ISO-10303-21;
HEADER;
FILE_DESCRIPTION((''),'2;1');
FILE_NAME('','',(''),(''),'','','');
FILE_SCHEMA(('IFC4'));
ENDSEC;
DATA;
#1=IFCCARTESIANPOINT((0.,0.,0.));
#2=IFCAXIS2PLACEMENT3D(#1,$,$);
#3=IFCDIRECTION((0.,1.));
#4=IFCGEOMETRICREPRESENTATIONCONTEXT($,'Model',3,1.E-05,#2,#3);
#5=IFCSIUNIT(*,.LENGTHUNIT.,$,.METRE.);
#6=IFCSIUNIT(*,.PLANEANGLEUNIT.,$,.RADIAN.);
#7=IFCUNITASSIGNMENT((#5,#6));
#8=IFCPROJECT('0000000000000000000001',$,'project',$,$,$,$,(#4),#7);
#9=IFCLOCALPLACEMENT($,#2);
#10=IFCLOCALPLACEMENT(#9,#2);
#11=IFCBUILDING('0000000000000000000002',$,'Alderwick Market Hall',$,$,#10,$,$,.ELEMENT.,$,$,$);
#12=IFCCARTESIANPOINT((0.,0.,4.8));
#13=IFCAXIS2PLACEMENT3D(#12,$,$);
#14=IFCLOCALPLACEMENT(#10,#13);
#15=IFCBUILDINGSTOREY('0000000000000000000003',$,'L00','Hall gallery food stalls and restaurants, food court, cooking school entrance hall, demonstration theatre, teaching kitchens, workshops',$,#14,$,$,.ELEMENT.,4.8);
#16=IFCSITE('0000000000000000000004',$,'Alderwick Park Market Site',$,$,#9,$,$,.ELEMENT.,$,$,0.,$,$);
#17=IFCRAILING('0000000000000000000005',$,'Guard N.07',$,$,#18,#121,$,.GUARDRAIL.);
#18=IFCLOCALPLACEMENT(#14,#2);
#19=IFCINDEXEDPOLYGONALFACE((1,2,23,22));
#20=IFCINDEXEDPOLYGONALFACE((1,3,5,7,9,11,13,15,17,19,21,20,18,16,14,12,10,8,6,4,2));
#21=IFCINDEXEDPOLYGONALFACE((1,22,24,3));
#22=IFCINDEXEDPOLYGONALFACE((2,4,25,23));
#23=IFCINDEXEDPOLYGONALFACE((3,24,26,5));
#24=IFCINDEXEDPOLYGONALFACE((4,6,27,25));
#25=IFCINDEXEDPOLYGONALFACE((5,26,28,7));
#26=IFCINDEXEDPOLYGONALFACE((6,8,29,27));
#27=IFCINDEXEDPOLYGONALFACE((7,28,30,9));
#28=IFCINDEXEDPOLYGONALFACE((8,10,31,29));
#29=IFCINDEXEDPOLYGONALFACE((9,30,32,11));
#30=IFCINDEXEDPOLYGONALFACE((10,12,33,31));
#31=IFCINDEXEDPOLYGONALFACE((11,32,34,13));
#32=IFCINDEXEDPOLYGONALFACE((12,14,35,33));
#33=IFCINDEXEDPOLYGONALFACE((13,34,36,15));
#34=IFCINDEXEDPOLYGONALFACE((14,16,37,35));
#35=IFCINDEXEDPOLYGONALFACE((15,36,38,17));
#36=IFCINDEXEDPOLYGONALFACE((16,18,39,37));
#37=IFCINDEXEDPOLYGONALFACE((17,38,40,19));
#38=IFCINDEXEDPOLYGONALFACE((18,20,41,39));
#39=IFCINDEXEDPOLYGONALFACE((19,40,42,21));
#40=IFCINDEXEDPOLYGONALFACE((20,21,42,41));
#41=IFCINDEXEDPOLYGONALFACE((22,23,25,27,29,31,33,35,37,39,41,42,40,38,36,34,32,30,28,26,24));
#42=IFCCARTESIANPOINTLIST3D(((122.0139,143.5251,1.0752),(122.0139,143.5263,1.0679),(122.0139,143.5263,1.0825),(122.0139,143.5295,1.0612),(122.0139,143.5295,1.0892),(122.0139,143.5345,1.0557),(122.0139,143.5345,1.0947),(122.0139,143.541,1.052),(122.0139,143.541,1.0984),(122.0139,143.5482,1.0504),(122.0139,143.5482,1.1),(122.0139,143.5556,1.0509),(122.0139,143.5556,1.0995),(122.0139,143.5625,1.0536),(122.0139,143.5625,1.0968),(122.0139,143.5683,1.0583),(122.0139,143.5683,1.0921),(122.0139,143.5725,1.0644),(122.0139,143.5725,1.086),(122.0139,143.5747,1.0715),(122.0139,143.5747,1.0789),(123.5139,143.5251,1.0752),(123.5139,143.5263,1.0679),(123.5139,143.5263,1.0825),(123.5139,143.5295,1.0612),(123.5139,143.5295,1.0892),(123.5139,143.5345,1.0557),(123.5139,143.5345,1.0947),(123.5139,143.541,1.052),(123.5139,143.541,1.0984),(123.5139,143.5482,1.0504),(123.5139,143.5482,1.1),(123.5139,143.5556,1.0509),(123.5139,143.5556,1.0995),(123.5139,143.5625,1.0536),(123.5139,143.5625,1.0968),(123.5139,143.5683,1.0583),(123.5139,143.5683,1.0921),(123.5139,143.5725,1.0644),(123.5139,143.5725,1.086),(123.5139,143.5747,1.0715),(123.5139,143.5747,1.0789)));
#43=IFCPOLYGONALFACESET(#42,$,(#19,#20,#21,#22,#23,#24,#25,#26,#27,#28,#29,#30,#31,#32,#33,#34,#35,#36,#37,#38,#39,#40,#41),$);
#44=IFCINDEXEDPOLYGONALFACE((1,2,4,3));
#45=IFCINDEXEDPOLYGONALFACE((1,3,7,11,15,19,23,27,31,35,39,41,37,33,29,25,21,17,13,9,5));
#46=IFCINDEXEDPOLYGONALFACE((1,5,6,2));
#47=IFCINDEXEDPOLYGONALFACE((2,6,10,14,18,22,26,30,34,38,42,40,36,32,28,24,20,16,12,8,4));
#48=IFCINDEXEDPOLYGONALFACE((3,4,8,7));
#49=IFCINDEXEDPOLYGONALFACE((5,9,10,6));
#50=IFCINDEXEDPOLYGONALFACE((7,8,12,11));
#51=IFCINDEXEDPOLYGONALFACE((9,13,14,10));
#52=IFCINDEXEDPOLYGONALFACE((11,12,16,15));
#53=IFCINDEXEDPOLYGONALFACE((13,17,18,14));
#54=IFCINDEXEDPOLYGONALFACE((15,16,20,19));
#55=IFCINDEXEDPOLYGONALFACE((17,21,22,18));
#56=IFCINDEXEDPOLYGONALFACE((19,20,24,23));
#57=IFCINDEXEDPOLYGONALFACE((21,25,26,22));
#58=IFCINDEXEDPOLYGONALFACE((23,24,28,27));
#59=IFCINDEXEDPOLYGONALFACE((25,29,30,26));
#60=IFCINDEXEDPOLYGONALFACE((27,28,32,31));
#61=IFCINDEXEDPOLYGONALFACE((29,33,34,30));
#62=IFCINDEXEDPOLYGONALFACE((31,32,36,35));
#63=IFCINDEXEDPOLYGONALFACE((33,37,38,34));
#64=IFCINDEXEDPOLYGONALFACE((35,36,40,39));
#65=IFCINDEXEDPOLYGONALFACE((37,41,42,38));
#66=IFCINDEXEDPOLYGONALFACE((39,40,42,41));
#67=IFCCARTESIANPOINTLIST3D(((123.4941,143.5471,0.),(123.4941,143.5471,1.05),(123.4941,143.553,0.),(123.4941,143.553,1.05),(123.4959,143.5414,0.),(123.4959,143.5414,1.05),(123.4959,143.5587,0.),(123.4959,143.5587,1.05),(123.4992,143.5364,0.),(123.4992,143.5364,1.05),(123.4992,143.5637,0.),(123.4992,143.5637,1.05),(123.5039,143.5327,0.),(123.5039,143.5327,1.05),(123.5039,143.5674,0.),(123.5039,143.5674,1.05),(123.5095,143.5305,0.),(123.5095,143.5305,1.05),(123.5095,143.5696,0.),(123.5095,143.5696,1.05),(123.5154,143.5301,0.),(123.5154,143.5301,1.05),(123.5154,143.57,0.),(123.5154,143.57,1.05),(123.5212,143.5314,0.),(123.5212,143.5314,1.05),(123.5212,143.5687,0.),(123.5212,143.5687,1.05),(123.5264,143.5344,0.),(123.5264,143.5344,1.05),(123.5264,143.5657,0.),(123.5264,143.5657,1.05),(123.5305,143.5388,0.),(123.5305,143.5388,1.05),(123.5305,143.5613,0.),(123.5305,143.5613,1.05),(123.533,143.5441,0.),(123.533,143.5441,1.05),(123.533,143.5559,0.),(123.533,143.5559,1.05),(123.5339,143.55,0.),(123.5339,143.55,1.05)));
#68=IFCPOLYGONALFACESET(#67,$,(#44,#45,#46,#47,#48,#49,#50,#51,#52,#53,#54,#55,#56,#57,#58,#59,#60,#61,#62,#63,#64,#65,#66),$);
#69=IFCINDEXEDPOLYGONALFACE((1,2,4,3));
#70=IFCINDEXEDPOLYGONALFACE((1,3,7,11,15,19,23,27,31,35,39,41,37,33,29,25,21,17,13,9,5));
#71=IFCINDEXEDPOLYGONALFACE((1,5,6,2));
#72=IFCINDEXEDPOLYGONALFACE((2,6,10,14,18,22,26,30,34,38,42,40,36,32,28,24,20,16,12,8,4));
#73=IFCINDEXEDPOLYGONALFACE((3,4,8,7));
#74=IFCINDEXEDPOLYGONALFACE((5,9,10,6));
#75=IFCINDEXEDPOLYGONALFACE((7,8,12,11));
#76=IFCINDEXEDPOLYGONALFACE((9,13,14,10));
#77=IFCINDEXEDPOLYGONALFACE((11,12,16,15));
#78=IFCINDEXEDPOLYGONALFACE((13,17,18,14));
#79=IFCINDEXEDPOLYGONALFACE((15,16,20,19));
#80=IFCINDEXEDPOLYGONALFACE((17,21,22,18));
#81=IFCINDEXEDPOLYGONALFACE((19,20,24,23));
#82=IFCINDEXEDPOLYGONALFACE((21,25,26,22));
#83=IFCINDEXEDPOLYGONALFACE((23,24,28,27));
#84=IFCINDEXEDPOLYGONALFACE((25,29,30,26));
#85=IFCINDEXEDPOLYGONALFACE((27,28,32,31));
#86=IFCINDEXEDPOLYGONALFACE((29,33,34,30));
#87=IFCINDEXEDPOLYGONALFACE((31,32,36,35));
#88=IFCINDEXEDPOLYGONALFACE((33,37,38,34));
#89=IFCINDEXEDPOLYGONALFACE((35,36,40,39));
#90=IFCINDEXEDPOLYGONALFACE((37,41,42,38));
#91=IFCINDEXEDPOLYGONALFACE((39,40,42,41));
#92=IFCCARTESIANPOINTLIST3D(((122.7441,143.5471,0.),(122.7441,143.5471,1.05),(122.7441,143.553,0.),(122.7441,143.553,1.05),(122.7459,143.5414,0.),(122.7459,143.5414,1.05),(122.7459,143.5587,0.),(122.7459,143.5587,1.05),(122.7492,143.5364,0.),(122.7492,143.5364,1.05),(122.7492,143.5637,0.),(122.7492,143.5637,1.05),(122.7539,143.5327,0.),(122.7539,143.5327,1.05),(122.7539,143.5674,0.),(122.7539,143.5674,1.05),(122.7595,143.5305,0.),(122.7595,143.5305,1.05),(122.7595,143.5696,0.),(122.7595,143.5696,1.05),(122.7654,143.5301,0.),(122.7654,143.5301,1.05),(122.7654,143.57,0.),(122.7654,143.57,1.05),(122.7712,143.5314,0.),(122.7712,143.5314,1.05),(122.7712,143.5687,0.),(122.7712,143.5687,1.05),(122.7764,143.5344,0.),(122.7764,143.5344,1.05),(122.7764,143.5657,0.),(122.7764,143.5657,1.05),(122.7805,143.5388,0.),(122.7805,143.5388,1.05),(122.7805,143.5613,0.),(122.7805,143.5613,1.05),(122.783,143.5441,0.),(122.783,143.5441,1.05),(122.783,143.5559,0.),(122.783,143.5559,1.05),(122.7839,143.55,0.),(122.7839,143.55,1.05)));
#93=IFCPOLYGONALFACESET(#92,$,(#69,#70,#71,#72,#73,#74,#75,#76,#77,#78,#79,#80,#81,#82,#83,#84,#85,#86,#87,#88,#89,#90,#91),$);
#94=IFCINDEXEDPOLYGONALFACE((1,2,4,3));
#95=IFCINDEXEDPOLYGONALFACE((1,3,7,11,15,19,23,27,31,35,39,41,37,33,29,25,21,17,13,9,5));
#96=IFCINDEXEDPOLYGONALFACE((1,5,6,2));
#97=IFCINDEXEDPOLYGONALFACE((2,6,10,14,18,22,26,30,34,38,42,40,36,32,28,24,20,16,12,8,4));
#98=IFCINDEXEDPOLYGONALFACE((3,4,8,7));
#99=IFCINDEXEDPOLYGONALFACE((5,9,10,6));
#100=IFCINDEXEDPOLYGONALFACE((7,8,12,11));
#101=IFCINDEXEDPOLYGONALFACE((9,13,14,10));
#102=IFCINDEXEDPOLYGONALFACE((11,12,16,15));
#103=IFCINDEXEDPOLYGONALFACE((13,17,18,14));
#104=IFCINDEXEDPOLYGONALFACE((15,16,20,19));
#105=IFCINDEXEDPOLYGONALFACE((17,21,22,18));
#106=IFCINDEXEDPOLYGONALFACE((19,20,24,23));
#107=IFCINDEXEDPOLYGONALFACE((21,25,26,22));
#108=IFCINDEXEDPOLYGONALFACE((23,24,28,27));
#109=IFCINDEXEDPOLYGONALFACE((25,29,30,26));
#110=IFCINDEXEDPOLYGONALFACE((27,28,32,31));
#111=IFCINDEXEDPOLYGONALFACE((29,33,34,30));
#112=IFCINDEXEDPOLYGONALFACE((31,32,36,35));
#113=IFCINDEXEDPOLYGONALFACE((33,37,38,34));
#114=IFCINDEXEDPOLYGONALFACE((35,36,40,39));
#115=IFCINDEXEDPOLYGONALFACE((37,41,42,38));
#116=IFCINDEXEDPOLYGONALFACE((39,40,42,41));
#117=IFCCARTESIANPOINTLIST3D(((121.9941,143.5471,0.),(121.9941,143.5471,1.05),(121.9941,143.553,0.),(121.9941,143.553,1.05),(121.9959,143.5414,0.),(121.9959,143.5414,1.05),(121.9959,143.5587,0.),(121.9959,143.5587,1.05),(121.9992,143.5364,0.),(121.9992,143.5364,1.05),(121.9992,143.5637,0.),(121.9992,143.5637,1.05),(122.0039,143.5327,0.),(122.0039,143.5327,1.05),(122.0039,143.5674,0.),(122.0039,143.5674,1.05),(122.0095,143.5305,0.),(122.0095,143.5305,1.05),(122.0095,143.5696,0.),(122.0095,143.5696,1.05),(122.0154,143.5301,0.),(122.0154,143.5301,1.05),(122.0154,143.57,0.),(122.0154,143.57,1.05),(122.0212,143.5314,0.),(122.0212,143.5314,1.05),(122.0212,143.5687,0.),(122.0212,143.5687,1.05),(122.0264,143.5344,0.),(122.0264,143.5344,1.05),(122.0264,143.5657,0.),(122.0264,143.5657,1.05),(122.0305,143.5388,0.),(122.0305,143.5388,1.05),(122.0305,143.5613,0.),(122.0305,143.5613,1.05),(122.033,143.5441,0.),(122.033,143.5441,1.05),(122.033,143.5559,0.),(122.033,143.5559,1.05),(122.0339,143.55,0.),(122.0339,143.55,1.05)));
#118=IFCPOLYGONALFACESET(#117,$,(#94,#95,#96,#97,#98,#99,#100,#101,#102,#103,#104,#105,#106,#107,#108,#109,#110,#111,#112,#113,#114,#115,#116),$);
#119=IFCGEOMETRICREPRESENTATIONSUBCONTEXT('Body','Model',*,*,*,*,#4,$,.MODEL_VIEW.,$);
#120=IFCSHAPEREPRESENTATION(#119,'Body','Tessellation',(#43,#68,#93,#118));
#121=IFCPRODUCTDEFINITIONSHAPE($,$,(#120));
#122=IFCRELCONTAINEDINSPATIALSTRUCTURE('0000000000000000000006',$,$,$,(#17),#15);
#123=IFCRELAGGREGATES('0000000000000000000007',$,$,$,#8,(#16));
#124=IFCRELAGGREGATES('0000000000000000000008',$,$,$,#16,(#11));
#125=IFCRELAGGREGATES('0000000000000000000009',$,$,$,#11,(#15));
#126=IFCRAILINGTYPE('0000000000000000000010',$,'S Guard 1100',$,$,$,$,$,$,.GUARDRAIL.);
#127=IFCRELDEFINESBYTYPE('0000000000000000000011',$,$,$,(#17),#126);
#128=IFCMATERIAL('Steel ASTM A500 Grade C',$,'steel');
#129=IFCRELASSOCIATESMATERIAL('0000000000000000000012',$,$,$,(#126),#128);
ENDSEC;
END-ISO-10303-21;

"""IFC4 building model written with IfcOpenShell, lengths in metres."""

from ifc_helpers import new_model, si_unit, direction, frame, origin, origin_2d, place, context, subcontext, project, spatial, circle, extrude, material, type_object, element, save


model = new_model("IFC4")

# Units and contexts
model_context = context("Model", 3, precision=1e-05, world=origin(), true_north=direction((0.0, 1.0)))
body_context = subcontext(model_context, "Body", "Model", "MODEL_VIEW")
ifc_project = project(units=[si_unit("LENGTHUNIT", "METRE"), si_unit("PLANEANGLEUNIT", "RADIAN")], contexts=[model_context])

# Site, building, storey
site_placement = place(None, origin())
site = spatial("IfcSite", under=ifc_project, at=site_placement, Name="Alderwick Park Market Site", CompositionType="ELEMENT", RefElevation=0.0)
building_placement = place(site_placement, origin())
building = spatial("IfcBuilding", under=site, at=building_placement, Name="Alderwick Market Hall", CompositionType="ELEMENT")
storey_placement = place(building_placement, frame((0.0, 0.0, 4.8)))
storey = spatial("IfcBuildingStorey", under=building, at=storey_placement, Name="L00", Description="Hall gallery food stalls and restaurants, food court, cooking school entrance hall, demonstration theatre, teaching kitchens, workshops", CompositionType="ELEMENT", Elevation=4.8)

# Shared definitions
ifc_material_1 = material(Name="Steel ASTM A500 Grade C", Category="steel")

# Railing
railing_type_1 = type_object("IfcRailingType", Name="S Guard 1100", PredefinedType="GUARDRAIL", material=ifc_material_1)
railing_1_placement = place(storey_placement, frame((123.5139, 143.55, 0.0)))
element("IfcRailing", 1, at=railing_1_placement, inside=storey, type_object=railing_type_1, Name="Guard N.07", PredefinedType="GUARDRAIL", context=body_context, shape_type="SweptSolid", body=[
    extrude(circle(Radius=0.0249, at=origin_2d()), frame((0.0, 0.0, 1.0752), z_axis=(-1.0, 0.0, 0.0), x_axis=(0.0, -1.0, 0.0)), (0.0, 0.0, 1.0), 1.5),
    extrude(circle(Radius=0.02, at=origin_2d()), origin(), (0.0, 0.0, 1.0), 1.05),
    extrude(circle(Radius=0.02, at=origin_2d()), frame((-0.75, 0.0, 0.0)), (0.0, 0.0, 1.0), 1.05),
    extrude(circle(Radius=0.02, at=origin_2d()), frame((-1.5, 0.0, 0.0)), (0.0, 0.0, 1.0), 1.05),
])

save(model, "model.ifc")
